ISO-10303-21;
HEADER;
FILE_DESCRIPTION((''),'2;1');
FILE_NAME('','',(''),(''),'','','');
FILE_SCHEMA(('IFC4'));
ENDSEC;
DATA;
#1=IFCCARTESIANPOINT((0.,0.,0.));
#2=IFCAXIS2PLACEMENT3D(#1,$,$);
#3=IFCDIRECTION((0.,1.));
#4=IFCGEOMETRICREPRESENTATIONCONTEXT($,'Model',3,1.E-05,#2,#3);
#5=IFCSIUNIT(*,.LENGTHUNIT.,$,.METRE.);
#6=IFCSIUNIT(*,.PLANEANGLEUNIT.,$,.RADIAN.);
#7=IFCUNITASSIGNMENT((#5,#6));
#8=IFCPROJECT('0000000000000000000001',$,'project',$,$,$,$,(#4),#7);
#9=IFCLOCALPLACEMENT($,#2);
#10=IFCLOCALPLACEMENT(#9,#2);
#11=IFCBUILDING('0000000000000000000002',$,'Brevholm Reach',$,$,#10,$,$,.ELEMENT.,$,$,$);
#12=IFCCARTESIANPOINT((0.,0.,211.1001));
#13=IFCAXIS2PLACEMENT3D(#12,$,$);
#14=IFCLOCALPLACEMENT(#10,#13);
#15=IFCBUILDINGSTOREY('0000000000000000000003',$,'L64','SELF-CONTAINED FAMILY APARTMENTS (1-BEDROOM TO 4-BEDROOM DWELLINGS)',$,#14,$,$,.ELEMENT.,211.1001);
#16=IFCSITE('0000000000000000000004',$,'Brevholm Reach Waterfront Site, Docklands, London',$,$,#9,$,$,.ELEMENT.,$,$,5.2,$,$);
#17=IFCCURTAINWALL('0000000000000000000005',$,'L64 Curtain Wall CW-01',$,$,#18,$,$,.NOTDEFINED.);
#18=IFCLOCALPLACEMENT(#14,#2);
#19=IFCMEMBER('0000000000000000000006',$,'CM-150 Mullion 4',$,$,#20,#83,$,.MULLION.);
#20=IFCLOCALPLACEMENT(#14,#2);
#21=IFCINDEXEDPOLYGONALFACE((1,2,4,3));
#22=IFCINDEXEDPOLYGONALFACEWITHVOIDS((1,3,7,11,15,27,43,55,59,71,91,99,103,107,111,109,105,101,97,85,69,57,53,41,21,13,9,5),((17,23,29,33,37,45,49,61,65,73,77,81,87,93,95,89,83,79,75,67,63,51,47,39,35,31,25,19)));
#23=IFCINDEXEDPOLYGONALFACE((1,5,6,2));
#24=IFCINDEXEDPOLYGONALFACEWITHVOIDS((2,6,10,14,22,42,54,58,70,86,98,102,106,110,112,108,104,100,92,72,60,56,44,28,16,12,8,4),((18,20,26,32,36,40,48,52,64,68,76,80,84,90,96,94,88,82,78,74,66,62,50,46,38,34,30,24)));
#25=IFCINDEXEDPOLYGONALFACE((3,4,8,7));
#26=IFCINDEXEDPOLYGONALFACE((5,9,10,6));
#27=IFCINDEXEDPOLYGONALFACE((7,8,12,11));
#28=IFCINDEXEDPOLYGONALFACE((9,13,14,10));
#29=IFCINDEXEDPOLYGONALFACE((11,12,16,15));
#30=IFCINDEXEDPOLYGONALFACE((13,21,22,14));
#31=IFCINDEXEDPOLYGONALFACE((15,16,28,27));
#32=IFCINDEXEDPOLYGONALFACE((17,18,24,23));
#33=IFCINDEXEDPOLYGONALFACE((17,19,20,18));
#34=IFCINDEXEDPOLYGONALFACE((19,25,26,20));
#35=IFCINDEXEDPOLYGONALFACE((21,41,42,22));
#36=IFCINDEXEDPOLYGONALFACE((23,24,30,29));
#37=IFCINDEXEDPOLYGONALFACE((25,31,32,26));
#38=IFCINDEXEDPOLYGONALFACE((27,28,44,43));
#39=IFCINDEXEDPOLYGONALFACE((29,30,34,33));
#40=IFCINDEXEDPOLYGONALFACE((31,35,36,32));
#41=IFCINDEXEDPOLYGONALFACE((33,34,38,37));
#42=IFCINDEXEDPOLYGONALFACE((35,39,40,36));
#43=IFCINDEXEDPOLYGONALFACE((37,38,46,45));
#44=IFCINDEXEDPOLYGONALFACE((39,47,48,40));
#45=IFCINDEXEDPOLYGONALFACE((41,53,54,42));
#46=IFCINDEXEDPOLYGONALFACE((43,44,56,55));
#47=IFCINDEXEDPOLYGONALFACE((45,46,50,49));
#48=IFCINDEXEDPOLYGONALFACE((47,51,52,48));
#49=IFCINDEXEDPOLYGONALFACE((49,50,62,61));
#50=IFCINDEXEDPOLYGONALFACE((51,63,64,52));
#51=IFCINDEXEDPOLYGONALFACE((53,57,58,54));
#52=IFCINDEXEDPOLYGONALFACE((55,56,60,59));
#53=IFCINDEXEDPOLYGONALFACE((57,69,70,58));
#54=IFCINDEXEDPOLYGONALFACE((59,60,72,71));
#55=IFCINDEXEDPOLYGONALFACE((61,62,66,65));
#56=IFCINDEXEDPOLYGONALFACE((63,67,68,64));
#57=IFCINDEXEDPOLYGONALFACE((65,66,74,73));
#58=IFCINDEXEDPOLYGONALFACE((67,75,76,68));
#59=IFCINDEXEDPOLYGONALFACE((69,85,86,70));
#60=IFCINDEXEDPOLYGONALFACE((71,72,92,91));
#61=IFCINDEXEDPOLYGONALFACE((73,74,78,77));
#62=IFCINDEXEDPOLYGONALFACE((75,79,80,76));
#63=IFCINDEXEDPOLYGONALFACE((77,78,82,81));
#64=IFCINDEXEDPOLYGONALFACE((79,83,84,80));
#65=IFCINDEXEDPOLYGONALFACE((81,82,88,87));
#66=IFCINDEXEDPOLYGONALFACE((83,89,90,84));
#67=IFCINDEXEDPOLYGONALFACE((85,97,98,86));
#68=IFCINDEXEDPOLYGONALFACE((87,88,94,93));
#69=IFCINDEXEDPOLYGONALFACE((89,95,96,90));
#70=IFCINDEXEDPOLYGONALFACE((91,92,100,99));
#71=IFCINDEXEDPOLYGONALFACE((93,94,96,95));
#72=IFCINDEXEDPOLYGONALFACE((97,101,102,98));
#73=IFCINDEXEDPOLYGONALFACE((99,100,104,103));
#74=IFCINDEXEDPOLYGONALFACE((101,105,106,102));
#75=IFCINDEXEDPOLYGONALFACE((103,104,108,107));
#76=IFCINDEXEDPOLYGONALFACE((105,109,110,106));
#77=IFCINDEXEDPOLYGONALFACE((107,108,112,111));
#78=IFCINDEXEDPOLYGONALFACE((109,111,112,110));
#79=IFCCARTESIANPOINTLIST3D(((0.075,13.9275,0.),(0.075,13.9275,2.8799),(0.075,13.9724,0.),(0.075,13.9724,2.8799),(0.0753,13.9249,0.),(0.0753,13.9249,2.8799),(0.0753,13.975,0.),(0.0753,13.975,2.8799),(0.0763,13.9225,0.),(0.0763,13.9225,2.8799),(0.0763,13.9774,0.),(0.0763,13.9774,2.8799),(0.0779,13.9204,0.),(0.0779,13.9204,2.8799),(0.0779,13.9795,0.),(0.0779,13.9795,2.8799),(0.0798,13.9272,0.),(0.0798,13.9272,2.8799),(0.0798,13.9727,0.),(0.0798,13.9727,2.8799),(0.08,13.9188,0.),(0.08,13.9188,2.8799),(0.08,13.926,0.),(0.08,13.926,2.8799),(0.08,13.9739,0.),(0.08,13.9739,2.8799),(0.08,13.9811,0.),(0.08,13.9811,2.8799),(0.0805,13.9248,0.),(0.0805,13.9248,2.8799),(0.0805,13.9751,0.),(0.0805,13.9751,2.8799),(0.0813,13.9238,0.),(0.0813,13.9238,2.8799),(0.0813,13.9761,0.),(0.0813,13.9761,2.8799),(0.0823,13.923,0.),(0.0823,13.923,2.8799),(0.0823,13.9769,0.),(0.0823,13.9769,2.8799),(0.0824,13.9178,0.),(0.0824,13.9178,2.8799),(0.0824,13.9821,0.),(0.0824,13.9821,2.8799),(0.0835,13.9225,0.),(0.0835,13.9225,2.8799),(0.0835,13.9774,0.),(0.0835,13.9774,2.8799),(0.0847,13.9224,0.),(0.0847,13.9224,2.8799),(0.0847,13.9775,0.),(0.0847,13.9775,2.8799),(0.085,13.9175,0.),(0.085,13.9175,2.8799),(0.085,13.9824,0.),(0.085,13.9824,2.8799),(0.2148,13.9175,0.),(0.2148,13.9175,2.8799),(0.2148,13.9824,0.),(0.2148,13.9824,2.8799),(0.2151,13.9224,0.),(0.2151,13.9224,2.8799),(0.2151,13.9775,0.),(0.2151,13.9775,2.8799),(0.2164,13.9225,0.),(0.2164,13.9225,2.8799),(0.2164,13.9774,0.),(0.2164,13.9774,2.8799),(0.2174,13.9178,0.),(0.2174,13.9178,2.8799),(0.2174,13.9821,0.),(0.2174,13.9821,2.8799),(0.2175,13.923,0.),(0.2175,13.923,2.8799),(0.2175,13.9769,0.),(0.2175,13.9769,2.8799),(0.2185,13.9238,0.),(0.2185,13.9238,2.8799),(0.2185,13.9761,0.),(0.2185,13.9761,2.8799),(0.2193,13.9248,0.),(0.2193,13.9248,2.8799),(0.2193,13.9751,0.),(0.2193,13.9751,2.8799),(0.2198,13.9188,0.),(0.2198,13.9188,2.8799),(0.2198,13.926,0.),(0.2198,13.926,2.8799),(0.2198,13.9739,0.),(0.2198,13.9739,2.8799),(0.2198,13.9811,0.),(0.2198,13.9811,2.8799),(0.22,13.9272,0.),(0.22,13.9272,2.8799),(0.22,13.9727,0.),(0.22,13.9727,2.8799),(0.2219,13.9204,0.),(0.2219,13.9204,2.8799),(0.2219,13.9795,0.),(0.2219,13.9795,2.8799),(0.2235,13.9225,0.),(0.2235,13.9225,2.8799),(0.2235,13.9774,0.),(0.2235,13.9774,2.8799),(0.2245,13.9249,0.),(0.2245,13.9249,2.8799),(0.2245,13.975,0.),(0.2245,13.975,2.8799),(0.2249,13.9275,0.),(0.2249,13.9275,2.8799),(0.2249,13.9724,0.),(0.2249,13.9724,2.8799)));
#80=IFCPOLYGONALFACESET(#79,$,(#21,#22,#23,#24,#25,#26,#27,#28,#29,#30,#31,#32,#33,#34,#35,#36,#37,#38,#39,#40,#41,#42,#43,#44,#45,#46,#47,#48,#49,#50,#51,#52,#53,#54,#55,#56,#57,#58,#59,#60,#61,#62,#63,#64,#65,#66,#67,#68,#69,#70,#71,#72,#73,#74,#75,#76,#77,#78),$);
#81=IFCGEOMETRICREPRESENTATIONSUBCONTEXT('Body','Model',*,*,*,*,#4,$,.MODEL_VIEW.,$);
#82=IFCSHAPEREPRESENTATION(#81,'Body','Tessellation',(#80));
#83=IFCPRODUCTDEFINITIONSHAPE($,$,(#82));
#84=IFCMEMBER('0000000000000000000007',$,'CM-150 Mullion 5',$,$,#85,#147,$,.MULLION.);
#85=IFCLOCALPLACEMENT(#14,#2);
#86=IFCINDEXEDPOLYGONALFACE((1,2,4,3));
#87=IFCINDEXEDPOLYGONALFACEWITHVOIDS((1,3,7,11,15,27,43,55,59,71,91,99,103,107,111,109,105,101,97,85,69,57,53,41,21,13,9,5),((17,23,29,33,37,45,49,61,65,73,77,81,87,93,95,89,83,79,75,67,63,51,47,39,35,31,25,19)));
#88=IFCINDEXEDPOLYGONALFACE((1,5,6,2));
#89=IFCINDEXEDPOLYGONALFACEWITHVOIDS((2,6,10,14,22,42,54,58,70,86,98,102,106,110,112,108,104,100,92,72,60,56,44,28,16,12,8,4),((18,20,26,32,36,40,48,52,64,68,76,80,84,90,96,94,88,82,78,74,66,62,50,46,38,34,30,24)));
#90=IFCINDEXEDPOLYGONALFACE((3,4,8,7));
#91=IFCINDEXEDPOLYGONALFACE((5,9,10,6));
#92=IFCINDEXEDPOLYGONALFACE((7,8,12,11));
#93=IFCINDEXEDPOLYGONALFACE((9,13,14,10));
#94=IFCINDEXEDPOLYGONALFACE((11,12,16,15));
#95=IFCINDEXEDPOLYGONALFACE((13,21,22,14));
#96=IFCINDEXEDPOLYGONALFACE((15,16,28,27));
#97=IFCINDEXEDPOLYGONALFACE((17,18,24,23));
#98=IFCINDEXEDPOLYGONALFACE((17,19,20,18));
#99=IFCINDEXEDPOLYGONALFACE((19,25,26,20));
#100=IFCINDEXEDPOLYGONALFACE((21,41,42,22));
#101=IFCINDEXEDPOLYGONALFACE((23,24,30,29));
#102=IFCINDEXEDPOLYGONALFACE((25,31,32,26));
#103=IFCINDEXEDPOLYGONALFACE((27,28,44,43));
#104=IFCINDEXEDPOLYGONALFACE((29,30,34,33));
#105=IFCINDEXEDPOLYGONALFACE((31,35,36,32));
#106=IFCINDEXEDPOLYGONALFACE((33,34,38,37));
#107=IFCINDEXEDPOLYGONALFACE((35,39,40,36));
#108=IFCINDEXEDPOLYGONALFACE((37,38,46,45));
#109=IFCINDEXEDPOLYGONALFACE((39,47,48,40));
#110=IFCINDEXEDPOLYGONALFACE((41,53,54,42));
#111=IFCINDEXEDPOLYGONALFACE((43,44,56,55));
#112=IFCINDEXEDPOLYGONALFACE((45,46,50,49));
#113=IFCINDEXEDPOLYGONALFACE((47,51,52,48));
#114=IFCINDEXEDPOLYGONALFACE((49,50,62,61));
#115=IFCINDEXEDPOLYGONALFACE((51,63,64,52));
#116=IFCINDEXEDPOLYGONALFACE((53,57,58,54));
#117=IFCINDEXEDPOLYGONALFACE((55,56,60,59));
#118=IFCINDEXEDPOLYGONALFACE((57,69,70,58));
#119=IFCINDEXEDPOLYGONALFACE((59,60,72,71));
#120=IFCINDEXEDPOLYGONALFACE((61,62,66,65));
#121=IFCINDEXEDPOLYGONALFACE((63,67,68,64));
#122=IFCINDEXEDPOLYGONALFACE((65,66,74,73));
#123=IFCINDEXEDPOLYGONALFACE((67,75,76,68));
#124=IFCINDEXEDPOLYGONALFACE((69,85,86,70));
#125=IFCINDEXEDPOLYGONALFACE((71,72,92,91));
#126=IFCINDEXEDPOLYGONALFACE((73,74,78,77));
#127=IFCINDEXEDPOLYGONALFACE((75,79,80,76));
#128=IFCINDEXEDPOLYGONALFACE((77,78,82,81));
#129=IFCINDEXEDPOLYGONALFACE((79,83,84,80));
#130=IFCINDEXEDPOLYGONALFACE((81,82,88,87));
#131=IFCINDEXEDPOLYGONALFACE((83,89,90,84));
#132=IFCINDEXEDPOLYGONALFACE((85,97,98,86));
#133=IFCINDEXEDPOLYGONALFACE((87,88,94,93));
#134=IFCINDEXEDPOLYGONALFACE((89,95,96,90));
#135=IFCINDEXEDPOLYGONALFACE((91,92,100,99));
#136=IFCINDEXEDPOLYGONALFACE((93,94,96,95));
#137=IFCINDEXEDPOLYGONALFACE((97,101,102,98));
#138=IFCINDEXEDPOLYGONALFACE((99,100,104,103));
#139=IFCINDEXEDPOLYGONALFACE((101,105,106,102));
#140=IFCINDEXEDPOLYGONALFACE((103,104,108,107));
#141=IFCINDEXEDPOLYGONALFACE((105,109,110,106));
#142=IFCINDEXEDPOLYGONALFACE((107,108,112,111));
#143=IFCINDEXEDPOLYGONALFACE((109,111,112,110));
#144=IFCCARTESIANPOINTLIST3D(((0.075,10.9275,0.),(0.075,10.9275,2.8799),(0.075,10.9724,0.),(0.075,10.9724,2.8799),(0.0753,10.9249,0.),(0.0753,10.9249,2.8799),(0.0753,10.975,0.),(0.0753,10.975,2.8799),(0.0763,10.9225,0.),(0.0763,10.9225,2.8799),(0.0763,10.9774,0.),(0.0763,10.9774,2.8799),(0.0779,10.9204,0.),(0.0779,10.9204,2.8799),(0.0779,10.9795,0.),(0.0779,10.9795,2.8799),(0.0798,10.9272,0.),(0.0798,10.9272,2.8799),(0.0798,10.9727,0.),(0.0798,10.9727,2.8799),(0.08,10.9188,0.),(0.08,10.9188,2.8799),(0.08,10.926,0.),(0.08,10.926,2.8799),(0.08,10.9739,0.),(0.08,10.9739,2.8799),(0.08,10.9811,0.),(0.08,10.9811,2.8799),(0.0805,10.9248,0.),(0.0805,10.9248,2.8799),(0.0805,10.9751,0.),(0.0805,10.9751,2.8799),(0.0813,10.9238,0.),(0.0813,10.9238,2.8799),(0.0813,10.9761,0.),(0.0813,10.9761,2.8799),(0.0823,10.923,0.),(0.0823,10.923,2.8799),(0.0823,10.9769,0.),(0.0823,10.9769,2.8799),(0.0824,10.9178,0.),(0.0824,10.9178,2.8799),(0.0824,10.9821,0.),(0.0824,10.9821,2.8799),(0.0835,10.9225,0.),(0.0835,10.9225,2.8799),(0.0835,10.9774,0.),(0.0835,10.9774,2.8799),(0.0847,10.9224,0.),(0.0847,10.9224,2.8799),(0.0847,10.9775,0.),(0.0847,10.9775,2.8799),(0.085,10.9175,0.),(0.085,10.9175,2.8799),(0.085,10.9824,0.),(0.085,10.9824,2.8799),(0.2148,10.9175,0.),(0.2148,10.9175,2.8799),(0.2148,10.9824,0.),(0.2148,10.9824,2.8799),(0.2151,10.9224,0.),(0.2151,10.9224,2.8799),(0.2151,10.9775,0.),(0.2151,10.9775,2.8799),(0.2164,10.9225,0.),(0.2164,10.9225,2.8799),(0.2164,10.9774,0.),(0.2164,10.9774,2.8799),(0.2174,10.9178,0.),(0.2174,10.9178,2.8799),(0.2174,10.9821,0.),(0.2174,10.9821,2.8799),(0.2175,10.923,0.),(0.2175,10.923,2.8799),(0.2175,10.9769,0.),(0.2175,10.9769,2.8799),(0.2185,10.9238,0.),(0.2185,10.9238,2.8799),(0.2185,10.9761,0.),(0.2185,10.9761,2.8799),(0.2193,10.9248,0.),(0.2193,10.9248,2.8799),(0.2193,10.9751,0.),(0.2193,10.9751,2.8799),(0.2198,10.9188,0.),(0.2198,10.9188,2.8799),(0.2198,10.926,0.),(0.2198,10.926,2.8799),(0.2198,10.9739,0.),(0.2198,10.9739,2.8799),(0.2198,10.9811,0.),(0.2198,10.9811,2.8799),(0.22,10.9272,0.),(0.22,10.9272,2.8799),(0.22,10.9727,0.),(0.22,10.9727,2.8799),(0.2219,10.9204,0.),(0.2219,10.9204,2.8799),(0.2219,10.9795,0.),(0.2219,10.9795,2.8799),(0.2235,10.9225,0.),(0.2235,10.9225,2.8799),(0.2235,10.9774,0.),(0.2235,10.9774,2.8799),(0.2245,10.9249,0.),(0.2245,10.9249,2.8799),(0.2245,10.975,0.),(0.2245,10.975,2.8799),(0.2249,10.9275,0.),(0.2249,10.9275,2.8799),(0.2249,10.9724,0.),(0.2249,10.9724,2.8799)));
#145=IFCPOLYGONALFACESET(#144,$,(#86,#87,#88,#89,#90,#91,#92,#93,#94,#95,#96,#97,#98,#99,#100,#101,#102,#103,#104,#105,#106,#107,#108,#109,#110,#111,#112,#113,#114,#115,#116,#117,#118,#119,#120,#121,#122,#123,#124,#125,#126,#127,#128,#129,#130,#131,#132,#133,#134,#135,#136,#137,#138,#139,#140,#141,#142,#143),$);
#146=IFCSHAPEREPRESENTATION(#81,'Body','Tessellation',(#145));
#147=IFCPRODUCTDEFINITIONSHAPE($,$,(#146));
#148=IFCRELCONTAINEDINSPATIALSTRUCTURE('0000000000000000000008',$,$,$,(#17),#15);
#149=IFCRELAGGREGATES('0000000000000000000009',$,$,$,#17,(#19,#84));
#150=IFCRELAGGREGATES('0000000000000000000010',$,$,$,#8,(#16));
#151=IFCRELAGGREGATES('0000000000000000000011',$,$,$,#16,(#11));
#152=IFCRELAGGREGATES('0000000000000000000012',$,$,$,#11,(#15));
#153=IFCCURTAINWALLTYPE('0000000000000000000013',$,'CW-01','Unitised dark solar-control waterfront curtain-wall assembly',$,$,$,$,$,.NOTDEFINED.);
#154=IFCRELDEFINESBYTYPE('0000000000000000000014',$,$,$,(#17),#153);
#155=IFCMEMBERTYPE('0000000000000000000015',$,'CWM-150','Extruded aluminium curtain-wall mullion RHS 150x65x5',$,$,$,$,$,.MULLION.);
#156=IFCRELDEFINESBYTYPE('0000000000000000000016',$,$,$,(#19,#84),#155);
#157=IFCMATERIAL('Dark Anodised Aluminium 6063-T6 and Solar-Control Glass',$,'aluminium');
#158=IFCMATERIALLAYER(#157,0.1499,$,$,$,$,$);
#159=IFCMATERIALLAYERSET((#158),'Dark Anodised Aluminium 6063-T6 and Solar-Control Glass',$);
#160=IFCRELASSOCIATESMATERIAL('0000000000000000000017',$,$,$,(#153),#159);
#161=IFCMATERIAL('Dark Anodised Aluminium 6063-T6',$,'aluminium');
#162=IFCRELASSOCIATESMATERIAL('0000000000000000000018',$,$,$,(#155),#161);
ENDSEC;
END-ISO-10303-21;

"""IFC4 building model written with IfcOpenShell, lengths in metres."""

from ifc_helpers import new_model, si_unit, direction, frame, origin, origin_2d, place, context, subcontext, project, spatial, hollow_rectangle, extrude, material, layer, layer_set, material_profile, profile_set, type_object, element, aggregate, save


model = new_model("IFC4")

# Units and contexts
model_context = context("Model", 3, precision=1e-05, world=origin(), true_north=direction((0.0, 1.0)))
body_context = subcontext(model_context, "Body", "Model", "MODEL_VIEW")
ifc_project = project(units=[si_unit("LENGTHUNIT", "METRE"), si_unit("PLANEANGLEUNIT", "RADIAN")], contexts=[model_context])

# Site, building, storey
site_placement = place(None, origin())
site = spatial("IfcSite", under=ifc_project, at=site_placement, Name="Brevholm Reach Waterfront Site, Docklands, London", CompositionType="ELEMENT", RefElevation=5.2)
building_placement = place(site_placement, origin())
building = spatial("IfcBuilding", under=site, at=building_placement, Name="Brevholm Reach", CompositionType="ELEMENT")
storey_placement = place(building_placement, frame((0.0, 0.0, 211.1001)))
storey = spatial("IfcBuildingStorey", under=building, at=storey_placement, Name="L64", Description="SELF-CONTAINED FAMILY APARTMENTS (1-BEDROOM TO 4-BEDROOM DWELLINGS)", CompositionType="ELEMENT", Elevation=211.1001)

# Curtain wall, members
ifc_material_1 = material(Name="Dark Anodised Aluminium 6063-T6 and Solar-Control Glass", Category="aluminium")
ifc_layer_1 = layer(ifc_material_1, 0.1499)
ifc_layer_set_1 = layer_set([ifc_layer_1], Name="Dark Anodised Aluminium 6063-T6 and Solar-Control Glass")
curtain_wall_type = type_object("IfcCurtainWallType", Name="CW-01", Description="Unitised dark solar-control waterfront curtain-wall assembly", PredefinedType="NOTDEFINED", material=ifc_layer_set_1)
curtain_wall_placement = place(storey_placement, origin())
curtain_wall = element("IfcCurtainWall", 1, at=curtain_wall_placement, inside=storey, type_object=curtain_wall_type, Name="L64 Curtain Wall CW-01", PredefinedType="NOTDEFINED")
ifc_material_2 = material(Name="Dark Anodised Aluminium 6063-T6", Category="aluminium")
ifc_material_profile_1 = material_profile(ifc_material_2, hollow_rectangle(XDim=0.0649, YDim=0.1499, WallThickness=0.0049, InnerFilletRadius=0.0049, OuterFilletRadius=0.01, at=origin_2d()), Name="RHS 150x65x5")
ifc_profile_set_1 = profile_set([ifc_material_profile_1], Name="Dark Anodised Aluminium 6063-T6")
member_type_1 = type_object("IfcMemberType", Name="CWM-150", Description="Extruded aluminium curtain-wall mullion RHS 150x65x5", PredefinedType="MULLION", material=ifc_profile_set_1)
member_1_placement = place(storey_placement, frame((0.1499, 13.95, 0.0), z_axis=(0.0, 0.0, 1.0), x_axis=(0.0, -1.0, 0.0)))
member_1 = element("IfcMember", 2, at=member_1_placement, type_object=member_type_1, Name="CM-150 Mullion 4", PredefinedType="MULLION", context=body_context, shape_type="SweptSolid", body=[
    extrude(hollow_rectangle(XDim=0.0649, YDim=0.1499, WallThickness=0.0049, InnerFilletRadius=0.0049, OuterFilletRadius=0.01, at=origin_2d()), origin(), (0.0, 0.0, 1.0), 2.8799),
])
member_2_placement = place(storey_placement, frame((0.1499, 10.95, 0.0), z_axis=(0.0, 0.0, 1.0), x_axis=(0.0, -1.0, 0.0)))
member_2 = element("IfcMember", 3, at=member_2_placement, type_object=member_type_1, Name="CM-150 Mullion 5", PredefinedType="MULLION", context=body_context, shape_type="SweptSolid", body=[
    extrude(hollow_rectangle(XDim=0.0649, YDim=0.1499, WallThickness=0.0049, InnerFilletRadius=0.0049, OuterFilletRadius=0.01, at=origin_2d()), origin(), (0.0, 0.0, 1.0), 2.8799),
])
aggregate(curtain_wall, [member_1, member_2])

save(model, "model.ifc")
